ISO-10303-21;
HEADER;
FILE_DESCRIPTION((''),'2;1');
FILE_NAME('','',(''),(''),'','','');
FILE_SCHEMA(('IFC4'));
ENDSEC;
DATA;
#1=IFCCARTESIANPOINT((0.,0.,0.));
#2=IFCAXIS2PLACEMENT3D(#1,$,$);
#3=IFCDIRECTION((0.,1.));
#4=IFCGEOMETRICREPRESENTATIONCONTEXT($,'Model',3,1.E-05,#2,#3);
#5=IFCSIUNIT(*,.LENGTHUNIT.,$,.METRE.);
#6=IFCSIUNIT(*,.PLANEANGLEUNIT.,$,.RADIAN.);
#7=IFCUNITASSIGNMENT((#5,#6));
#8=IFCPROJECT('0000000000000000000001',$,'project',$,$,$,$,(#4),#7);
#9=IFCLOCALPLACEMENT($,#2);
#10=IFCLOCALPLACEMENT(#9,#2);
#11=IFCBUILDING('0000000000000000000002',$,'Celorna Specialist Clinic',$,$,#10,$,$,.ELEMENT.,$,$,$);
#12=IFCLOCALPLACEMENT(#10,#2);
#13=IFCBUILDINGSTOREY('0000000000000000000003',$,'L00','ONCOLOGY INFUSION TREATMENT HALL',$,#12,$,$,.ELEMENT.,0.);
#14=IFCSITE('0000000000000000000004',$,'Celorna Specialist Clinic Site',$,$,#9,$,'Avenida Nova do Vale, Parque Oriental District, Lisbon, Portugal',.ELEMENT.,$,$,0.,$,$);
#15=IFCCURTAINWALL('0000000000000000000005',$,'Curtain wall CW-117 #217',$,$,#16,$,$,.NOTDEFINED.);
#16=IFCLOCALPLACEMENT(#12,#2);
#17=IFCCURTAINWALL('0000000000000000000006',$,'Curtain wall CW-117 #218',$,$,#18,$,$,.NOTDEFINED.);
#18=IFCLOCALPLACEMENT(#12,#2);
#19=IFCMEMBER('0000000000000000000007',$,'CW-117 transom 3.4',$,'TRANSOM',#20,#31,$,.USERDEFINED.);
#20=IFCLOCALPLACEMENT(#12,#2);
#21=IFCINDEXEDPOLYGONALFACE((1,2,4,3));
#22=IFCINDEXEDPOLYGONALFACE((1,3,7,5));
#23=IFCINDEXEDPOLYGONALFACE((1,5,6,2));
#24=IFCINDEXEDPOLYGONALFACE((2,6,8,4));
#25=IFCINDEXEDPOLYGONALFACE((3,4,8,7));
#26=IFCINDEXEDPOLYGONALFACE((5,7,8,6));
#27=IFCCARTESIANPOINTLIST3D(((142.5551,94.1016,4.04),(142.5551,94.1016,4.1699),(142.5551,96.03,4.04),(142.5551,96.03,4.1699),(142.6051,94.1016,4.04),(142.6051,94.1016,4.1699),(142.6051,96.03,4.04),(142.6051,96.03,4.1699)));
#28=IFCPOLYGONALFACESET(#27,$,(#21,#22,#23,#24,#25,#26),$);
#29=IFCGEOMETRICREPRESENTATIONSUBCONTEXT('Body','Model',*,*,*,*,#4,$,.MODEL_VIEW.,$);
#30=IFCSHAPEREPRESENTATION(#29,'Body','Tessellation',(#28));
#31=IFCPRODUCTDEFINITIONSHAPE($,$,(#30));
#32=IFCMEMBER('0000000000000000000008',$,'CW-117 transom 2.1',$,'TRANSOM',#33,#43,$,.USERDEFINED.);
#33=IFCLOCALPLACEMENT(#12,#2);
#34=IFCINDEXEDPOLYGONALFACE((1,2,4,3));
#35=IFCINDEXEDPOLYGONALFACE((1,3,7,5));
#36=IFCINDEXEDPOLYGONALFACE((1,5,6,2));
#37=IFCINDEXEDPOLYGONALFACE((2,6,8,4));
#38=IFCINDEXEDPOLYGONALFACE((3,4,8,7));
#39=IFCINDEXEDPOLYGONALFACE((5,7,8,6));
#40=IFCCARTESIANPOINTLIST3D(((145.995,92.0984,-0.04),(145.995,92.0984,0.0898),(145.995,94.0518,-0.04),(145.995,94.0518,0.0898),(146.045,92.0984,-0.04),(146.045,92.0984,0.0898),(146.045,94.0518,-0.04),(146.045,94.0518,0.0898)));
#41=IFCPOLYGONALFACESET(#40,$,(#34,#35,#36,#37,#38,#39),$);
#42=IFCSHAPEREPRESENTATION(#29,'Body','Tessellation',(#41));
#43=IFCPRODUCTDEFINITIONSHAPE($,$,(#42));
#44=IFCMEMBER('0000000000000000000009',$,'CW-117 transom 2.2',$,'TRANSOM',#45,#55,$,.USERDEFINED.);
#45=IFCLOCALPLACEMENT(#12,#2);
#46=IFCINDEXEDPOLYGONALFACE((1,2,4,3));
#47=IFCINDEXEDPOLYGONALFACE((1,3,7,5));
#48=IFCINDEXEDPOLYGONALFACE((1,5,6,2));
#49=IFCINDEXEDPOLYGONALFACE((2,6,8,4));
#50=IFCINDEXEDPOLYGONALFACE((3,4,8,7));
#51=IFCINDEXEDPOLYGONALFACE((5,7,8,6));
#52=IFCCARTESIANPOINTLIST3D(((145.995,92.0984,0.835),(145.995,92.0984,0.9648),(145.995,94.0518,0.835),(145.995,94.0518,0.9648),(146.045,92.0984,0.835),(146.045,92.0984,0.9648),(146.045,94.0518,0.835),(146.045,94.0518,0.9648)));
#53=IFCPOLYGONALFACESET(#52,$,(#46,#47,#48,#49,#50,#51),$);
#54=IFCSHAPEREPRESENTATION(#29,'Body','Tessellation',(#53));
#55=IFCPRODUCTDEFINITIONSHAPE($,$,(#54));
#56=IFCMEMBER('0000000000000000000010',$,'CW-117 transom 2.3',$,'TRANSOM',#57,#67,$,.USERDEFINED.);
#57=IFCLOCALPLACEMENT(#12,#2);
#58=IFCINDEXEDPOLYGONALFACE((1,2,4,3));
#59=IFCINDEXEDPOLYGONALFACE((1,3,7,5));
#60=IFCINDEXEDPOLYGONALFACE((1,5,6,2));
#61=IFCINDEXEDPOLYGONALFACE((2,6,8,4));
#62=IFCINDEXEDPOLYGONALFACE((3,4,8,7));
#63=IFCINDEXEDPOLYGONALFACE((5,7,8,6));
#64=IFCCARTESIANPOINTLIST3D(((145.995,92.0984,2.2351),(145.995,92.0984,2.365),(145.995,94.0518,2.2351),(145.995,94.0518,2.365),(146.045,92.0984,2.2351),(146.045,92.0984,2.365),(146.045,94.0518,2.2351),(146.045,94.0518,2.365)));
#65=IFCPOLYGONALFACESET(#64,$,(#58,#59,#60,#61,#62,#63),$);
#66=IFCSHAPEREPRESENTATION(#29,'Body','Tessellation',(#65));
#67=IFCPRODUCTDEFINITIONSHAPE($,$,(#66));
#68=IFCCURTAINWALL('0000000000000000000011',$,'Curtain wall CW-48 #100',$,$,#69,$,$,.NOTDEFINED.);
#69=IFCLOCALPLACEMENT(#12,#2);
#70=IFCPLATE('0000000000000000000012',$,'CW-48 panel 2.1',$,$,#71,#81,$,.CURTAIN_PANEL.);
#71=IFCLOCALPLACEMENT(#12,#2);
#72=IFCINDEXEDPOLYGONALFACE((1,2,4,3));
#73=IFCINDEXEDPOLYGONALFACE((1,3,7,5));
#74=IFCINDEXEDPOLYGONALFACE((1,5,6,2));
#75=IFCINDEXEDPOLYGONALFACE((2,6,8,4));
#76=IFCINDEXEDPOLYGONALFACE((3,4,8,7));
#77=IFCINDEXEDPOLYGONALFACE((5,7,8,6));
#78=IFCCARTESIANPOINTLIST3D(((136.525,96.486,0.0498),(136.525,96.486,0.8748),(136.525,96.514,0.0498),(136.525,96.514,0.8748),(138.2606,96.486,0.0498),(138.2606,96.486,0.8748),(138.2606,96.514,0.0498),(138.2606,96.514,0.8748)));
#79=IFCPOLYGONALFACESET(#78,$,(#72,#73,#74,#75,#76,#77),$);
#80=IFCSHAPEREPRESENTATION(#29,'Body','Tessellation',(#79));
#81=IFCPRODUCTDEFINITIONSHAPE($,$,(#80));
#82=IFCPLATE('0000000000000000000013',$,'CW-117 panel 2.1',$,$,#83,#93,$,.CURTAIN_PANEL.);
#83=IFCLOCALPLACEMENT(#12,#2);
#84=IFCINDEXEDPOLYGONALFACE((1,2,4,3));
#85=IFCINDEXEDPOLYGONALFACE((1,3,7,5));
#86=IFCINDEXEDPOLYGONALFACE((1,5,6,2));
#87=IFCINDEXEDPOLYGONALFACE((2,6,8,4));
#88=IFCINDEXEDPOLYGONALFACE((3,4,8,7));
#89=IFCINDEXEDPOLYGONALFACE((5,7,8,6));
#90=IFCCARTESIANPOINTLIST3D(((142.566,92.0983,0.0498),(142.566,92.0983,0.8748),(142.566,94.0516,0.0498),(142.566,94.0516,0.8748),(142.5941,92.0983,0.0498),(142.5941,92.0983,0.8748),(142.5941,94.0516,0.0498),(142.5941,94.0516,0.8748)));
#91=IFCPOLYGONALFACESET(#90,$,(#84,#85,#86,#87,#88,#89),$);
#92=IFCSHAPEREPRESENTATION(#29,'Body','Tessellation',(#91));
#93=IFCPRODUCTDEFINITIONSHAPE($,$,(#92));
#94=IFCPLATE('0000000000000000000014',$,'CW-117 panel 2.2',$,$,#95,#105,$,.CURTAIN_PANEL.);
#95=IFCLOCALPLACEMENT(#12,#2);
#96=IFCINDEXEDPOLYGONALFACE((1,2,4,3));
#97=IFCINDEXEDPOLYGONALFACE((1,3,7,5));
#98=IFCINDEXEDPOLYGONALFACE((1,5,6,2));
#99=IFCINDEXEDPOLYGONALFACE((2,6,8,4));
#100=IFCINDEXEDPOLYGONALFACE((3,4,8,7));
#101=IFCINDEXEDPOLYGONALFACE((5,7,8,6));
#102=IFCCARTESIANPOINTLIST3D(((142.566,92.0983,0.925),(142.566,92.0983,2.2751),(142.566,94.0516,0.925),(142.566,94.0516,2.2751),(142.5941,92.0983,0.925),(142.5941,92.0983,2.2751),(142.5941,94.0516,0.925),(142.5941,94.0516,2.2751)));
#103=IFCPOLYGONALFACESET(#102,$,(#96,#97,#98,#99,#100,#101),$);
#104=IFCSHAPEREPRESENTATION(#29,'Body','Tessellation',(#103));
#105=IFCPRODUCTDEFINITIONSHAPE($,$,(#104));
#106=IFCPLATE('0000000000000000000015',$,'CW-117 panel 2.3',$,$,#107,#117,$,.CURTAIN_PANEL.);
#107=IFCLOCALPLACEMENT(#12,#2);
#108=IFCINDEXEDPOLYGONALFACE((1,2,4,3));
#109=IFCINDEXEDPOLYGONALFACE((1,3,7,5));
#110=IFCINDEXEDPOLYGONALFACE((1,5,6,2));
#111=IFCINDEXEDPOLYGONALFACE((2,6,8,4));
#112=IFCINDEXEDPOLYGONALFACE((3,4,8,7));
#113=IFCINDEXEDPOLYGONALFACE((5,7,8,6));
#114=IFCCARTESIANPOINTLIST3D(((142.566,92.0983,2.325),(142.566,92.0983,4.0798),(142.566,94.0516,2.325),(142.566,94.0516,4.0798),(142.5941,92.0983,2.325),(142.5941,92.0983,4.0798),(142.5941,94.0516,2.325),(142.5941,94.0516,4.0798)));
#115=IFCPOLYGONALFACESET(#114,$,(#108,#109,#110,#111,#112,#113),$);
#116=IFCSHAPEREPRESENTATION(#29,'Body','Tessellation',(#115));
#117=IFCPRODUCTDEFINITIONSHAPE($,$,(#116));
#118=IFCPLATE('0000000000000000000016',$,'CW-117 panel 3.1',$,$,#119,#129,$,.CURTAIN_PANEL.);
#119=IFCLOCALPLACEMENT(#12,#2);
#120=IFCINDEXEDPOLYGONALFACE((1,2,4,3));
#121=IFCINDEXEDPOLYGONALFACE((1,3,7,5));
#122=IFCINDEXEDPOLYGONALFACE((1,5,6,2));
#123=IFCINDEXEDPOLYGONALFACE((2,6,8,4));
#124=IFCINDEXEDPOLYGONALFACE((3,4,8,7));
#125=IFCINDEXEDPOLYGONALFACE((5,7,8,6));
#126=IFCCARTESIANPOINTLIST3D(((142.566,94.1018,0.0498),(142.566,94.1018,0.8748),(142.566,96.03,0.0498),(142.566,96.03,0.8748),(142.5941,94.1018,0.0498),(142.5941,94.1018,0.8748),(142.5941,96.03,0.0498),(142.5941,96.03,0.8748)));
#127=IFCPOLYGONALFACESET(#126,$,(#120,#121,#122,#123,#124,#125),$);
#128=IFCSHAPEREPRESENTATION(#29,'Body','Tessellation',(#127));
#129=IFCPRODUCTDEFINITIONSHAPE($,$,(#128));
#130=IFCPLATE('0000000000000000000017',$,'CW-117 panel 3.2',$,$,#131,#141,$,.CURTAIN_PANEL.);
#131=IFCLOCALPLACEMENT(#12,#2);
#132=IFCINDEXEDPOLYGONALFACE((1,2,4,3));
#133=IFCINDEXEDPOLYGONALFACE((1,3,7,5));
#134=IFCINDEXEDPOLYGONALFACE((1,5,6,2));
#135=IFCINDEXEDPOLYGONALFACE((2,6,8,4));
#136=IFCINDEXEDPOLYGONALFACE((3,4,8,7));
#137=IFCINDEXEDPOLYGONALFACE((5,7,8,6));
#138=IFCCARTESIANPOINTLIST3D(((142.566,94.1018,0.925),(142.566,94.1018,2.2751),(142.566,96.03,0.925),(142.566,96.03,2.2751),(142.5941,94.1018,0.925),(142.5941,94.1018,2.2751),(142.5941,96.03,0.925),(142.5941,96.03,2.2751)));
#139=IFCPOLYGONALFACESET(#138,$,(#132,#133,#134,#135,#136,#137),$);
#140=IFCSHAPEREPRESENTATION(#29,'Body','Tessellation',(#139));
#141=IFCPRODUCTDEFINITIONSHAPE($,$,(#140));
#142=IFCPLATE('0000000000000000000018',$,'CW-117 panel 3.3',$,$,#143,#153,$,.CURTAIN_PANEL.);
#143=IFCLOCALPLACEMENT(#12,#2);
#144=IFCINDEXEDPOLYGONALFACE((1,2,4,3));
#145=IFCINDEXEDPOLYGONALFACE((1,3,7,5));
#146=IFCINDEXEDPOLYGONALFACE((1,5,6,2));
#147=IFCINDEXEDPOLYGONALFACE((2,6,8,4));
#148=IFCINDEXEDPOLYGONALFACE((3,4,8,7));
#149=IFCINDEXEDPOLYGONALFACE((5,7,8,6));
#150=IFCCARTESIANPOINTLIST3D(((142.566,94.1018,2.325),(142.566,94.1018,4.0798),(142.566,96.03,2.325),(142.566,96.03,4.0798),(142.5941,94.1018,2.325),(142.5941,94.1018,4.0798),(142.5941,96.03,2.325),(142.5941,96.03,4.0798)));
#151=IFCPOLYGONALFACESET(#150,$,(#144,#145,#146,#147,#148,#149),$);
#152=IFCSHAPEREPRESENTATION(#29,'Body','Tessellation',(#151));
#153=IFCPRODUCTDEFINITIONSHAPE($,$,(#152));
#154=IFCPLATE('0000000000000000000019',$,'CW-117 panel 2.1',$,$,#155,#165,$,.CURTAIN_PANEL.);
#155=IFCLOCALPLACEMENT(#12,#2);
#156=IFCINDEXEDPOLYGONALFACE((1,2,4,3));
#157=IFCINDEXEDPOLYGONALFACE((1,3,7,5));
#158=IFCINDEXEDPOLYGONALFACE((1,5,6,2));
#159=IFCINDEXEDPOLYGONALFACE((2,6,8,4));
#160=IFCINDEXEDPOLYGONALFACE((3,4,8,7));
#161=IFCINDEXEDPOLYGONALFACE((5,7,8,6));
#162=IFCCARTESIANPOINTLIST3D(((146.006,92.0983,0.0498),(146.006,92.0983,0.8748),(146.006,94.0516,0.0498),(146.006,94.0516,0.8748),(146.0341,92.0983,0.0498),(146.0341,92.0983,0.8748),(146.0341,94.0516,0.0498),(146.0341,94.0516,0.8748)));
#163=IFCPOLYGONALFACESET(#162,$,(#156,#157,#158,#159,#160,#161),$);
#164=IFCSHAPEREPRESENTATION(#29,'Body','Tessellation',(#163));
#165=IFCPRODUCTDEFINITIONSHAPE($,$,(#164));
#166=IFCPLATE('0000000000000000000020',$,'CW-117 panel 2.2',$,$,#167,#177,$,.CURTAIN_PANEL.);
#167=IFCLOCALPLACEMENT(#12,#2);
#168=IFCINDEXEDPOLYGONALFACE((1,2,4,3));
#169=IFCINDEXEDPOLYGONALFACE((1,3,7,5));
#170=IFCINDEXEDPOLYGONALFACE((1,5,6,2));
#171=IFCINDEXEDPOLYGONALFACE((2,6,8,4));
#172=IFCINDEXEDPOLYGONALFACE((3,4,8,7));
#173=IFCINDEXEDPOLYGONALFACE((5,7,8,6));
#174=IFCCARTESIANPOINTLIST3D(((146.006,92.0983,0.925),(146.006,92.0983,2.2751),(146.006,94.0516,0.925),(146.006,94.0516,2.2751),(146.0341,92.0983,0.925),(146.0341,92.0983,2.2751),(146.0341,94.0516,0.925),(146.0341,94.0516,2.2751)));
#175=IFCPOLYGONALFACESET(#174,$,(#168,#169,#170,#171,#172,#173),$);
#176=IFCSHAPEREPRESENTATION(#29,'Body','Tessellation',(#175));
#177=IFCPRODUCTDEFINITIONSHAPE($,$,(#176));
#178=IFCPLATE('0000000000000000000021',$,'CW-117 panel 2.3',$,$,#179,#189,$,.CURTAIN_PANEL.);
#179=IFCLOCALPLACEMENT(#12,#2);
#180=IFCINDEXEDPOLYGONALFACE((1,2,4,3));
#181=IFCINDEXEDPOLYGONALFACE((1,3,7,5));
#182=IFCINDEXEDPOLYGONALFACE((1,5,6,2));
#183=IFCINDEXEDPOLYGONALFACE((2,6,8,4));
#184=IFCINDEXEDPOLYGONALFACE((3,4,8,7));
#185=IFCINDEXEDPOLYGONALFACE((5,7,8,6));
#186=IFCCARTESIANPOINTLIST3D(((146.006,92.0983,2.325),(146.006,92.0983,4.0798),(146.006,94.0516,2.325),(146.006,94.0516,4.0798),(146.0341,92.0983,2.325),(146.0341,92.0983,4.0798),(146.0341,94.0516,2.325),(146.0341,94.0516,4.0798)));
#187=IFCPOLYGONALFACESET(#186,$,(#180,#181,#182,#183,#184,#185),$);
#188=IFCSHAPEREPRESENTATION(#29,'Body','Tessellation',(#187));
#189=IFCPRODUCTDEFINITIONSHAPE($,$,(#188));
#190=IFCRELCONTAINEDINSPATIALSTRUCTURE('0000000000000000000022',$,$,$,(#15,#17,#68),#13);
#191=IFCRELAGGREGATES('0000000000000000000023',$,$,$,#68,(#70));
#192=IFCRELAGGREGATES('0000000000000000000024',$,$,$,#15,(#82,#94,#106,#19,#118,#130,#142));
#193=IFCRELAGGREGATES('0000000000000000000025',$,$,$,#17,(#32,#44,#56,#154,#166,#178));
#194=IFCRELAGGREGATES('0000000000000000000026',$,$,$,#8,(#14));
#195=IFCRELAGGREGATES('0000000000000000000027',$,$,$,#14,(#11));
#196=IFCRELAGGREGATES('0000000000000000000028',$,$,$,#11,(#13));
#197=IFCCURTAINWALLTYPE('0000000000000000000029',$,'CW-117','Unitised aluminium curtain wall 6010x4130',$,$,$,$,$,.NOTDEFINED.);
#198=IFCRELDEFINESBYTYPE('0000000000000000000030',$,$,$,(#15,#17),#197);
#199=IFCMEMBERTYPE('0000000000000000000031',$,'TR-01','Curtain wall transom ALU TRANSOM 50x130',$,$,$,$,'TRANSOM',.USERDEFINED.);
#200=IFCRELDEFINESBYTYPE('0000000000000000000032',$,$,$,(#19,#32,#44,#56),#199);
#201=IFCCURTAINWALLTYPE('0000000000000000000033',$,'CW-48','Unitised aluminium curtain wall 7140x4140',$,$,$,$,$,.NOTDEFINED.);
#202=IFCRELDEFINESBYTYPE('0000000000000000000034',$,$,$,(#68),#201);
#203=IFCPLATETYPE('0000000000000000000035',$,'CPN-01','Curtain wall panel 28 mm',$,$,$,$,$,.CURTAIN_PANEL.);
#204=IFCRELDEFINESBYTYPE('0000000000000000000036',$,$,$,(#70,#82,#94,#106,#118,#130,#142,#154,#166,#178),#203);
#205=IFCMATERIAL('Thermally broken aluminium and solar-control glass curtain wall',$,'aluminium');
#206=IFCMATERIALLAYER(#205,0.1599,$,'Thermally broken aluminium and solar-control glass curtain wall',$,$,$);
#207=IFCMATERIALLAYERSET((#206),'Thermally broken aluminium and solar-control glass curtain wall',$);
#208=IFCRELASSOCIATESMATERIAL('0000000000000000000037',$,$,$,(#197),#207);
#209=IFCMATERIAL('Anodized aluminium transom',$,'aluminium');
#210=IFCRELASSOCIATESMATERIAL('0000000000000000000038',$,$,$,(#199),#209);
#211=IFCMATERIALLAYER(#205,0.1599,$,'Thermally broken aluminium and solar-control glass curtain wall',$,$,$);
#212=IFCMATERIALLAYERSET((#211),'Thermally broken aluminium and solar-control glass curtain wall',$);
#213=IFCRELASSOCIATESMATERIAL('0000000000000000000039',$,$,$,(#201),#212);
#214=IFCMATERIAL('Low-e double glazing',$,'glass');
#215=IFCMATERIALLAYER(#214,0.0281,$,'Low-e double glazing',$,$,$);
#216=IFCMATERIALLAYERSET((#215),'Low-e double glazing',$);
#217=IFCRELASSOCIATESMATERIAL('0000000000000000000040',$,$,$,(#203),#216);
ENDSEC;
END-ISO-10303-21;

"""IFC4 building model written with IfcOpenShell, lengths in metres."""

from ifc_helpers import new_model, si_unit, direction, frame, origin, origin_2d, place, context, subcontext, project, spatial, rectangle, extrude, material, layer, layer_set, material_profile, profile_set, type_object, element, aggregate, save


model = new_model("IFC4")

# Units and contexts
model_context = context("Model", 3, precision=1e-05, world=origin(), true_north=direction((0.0, 1.0)))
body_context = subcontext(model_context, "Body", "Model", "MODEL_VIEW")
ifc_project = project(units=[si_unit("LENGTHUNIT", "METRE"), si_unit("PLANEANGLEUNIT", "RADIAN")], contexts=[model_context])

# Site, building, storey
site_placement = place(None, origin())
site = spatial("IfcSite", under=ifc_project, at=site_placement, Name="Celorna Specialist Clinic Site", LongName="Avenida Nova do Vale, Parque Oriental District, Lisbon, Portugal", CompositionType="ELEMENT", RefElevation=0.0)
building_placement = place(site_placement, origin())
building = spatial("IfcBuilding", under=site, at=building_placement, Name="Celorna Specialist Clinic", CompositionType="ELEMENT")
storey_placement = place(building_placement, origin())
storey = spatial("IfcBuildingStorey", under=building, at=storey_placement, Name="L00", Description="ONCOLOGY INFUSION TREATMENT HALL", CompositionType="ELEMENT", Elevation=0.0)

# Curtain wall
ifc_material_1 = material(Name="Thermally broken aluminium and solar-control glass curtain wall", Category="aluminium")
ifc_layer_1 = layer(ifc_material_1, 0.1599, Name="Thermally broken aluminium and solar-control glass curtain wall")
ifc_layer_set_1 = layer_set([ifc_layer_1], Name="Thermally broken aluminium and solar-control glass curtain wall")
curtain_wall_type_1 = type_object("IfcCurtainWallType", Name="CW-117", Description="Unitised aluminium curtain wall 6010x4130", PredefinedType="NOTDEFINED", material=ifc_layer_set_1)
curtain_wall_1_placement = place(storey_placement, origin())
curtain_wall_1 = element("IfcCurtainWall", 1, at=curtain_wall_1_placement, inside=storey, type_object=curtain_wall_type_1, Name="Curtain wall CW-117 #217", PredefinedType="NOTDEFINED")

# Curtain wall
curtain_wall_2_placement = place(storey_placement, origin())
curtain_wall_2 = element("IfcCurtainWall", 2, at=curtain_wall_2_placement, inside=storey, type_object=curtain_wall_type_1, Name="Curtain wall CW-117 #218", PredefinedType="NOTDEFINED")

# Members
ifc_material_2 = material(Name="Anodized aluminium transom", Category="aluminium")
ifc_material_profile_1 = material_profile(ifc_material_2, rectangle(XDim=0.05, YDim=0.1299, at=origin_2d()), Name="ALU TRANSOM 50x130")
ifc_profile_set_1 = profile_set([ifc_material_profile_1], Name="Anodized aluminium transom")
member_type_1 = type_object("IfcMemberType", Name="TR-01", Description="Curtain wall transom ALU TRANSOM 50x130", ElementType="TRANSOM", PredefinedType="USERDEFINED", material=ifc_profile_set_1)
member_1_placement = place(storey_placement, frame((142.5801, 94.1016, 4.105), z_axis=(0.0, 1.0, 0.0), x_axis=(-1.0, 0.0, 0.0)))
member_1 = element("IfcMember", 3, at=member_1_placement, type_object=member_type_1, Name="CW-117 transom 3.4", ObjectType="TRANSOM", PredefinedType="USERDEFINED", context=body_context, shape_type="SweptSolid", body=[
    extrude(rectangle(XDim=0.05, YDim=0.1299, at=origin_2d()), origin(), (0.0, 0.0, 1.0), 1.9285),
])
member_2_placement = place(storey_placement, frame((146.02, 94.0518, 0.0249), z_axis=(0.0, -1.0, 0.0), x_axis=(1.0, 0.0, 0.0)))
member_2 = element("IfcMember", 4, at=member_2_placement, type_object=member_type_1, Name="CW-117 transom 2.1", ObjectType="TRANSOM", PredefinedType="USERDEFINED", context=body_context, shape_type="SweptSolid", body=[
    extrude(rectangle(XDim=0.05, YDim=0.1299, at=origin_2d()), origin(), (0.0, 0.0, 1.0), 1.9534),
])
member_3_placement = place(storey_placement, frame((146.02, 94.0518, 0.8999), z_axis=(0.0, -1.0, 0.0), x_axis=(1.0, 0.0, 0.0)))
member_3 = element("IfcMember", 5, at=member_3_placement, type_object=member_type_1, Name="CW-117 transom 2.2", ObjectType="TRANSOM", PredefinedType="USERDEFINED", context=body_context, shape_type="SweptSolid", body=[
    extrude(rectangle(XDim=0.05, YDim=0.1299, at=origin_2d()), origin(), (0.0, 0.0, 1.0), 1.9534),
])
member_4_placement = place(storey_placement, frame((146.02, 94.0518, 2.3), z_axis=(0.0, -1.0, 0.0), x_axis=(1.0, 0.0, 0.0)))
member_4 = element("IfcMember", 6, at=member_4_placement, type_object=member_type_1, Name="CW-117 transom 2.3", ObjectType="TRANSOM", PredefinedType="USERDEFINED", context=body_context, shape_type="SweptSolid", body=[
    extrude(rectangle(XDim=0.05, YDim=0.1299, at=origin_2d()), origin(), (0.0, 0.0, 1.0), 1.9534),
])

# Curtain wall, plate
ifc_layer_2 = layer(ifc_material_1, 0.1599, Name="Thermally broken aluminium and solar-control glass curtain wall")
ifc_layer_set_2 = layer_set([ifc_layer_2], Name="Thermally broken aluminium and solar-control glass curtain wall")
curtain_wall_type_2 = type_object("IfcCurtainWallType", Name="CW-48", Description="Unitised aluminium curtain wall 7140x4140", PredefinedType="NOTDEFINED", material=ifc_layer_set_2)
curtain_wall_3_placement = place(storey_placement, origin())
curtain_wall_3 = element("IfcCurtainWall", 7, at=curtain_wall_3_placement, inside=storey, type_object=curtain_wall_type_2, Name="Curtain wall CW-48 #100", PredefinedType="NOTDEFINED")
ifc_material_3 = material(Name="Low-e double glazing", Category="glass")
ifc_layer_3 = layer(ifc_material_3, 0.0281, Name="Low-e double glazing")
ifc_layer_set_3 = layer_set([ifc_layer_3], Name="Low-e double glazing")
plate_type_1 = type_object("IfcPlateType", Name="CPN-01", Description="Curtain wall panel 28 mm", PredefinedType="CURTAIN_PANEL", material=ifc_layer_set_3)
plate_1_placement = place(storey_placement, frame((137.3928, 96.5, 0.0498), z_axis=(0.0, 0.0, 1.0), x_axis=(-1.0, 0.0, 0.0)))
plate_1 = element("IfcPlate", 8, at=plate_1_placement, type_object=plate_type_1, Name="CW-48 panel 2.1", PredefinedType="CURTAIN_PANEL", context=body_context, shape_type="SweptSolid", body=[
    extrude(rectangle(XDim=1.7356, YDim=0.0281, at=origin_2d()), origin(), (0.0, 0.0, 1.0), 0.825),
])
aggregate(curtain_wall_3, [plate_1])

# Plates
plate_2_placement = place(storey_placement, frame((142.5801, 93.075, 0.0498), z_axis=(0.0, 0.0, 1.0), x_axis=(0.0, 1.0, 0.0)))
plate_2 = element("IfcPlate", 9, at=plate_2_placement, type_object=plate_type_1, Name="CW-117 panel 2.1", PredefinedType="CURTAIN_PANEL", context=body_context, shape_type="SweptSolid", body=[
    extrude(rectangle(XDim=1.9534, YDim=0.0281, at=origin_2d()), origin(), (0.0, 0.0, 1.0), 0.825),
])
plate_3_placement = place(storey_placement, frame((142.5801, 93.075, 0.925), z_axis=(0.0, 0.0, 1.0), x_axis=(0.0, 1.0, 0.0)))
plate_3 = element("IfcPlate", 10, at=plate_3_placement, type_object=plate_type_1, Name="CW-117 panel 2.2", PredefinedType="CURTAIN_PANEL", context=body_context, shape_type="SweptSolid", body=[
    extrude(rectangle(XDim=1.9534, YDim=0.0281, at=origin_2d()), origin(), (0.0, 0.0, 1.0), 1.3501),
])
plate_4_placement = place(storey_placement, frame((142.5801, 93.075, 2.325), z_axis=(0.0, 0.0, 1.0), x_axis=(0.0, 1.0, 0.0)))
plate_4 = element("IfcPlate", 11, at=plate_4_placement, type_object=plate_type_1, Name="CW-117 panel 2.3", PredefinedType="CURTAIN_PANEL", context=body_context, shape_type="SweptSolid", body=[
    extrude(rectangle(XDim=1.9534, YDim=0.0281, at=origin_2d()), origin(), (0.0, 0.0, 1.0), 1.7549),
])
plate_5_placement = place(storey_placement, frame((142.5801, 95.0659, 0.0498), z_axis=(0.0, 0.0, 1.0), x_axis=(0.0, 1.0, 0.0)))
plate_5 = element("IfcPlate", 12, at=plate_5_placement, type_object=plate_type_1, Name="CW-117 panel 3.1", PredefinedType="CURTAIN_PANEL", context=body_context, shape_type="SweptSolid", body=[
    extrude(rectangle(XDim=1.9282, YDim=0.0281, at=origin_2d()), origin(), (0.0, 0.0, 1.0), 0.825),
])
plate_6_placement = place(storey_placement, frame((142.5801, 95.0659, 0.925), z_axis=(0.0, 0.0, 1.0), x_axis=(0.0, 1.0, 0.0)))
plate_6 = element("IfcPlate", 13, at=plate_6_placement, type_object=plate_type_1, Name="CW-117 panel 3.2", PredefinedType="CURTAIN_PANEL", context=body_context, shape_type="SweptSolid", body=[
    extrude(rectangle(XDim=1.9282, YDim=0.0281, at=origin_2d()), origin(), (0.0, 0.0, 1.0), 1.3501),
])
plate_7_placement = place(storey_placement, frame((142.5801, 95.0659, 2.325), z_axis=(0.0, 0.0, 1.0), x_axis=(0.0, 1.0, 0.0)))
plate_7 = element("IfcPlate", 14, at=plate_7_placement, type_object=plate_type_1, Name="CW-117 panel 3.3", PredefinedType="CURTAIN_PANEL", context=body_context, shape_type="SweptSolid", body=[
    extrude(rectangle(XDim=1.9282, YDim=0.0281, at=origin_2d()), origin(), (0.0, 0.0, 1.0), 1.7549),
])
aggregate(curtain_wall_1, [plate_2, plate_3, plate_4, member_1, plate_5, plate_6, plate_7])
plate_8_placement = place(storey_placement, frame((146.02, 93.075, 0.0498), z_axis=(0.0, 0.0, 1.0), x_axis=(0.0, -1.0, 0.0)))
plate_8 = element("IfcPlate", 15, at=plate_8_placement, type_object=plate_type_1, Name="CW-117 panel 2.1", PredefinedType="CURTAIN_PANEL", context=body_context, shape_type="SweptSolid", body=[
    extrude(rectangle(XDim=1.9534, YDim=0.0281, at=origin_2d()), origin(), (0.0, 0.0, 1.0), 0.825),
])
plate_9_placement = place(storey_placement, frame((146.02, 93.075, 0.925), z_axis=(0.0, 0.0, 1.0), x_axis=(0.0, -1.0, 0.0)))
plate_9 = element("IfcPlate", 16, at=plate_9_placement, type_object=plate_type_1, Name="CW-117 panel 2.2", PredefinedType="CURTAIN_PANEL", context=body_context, shape_type="SweptSolid", body=[
    extrude(rectangle(XDim=1.9534, YDim=0.0281, at=origin_2d()), origin(), (0.0, 0.0, 1.0), 1.3501),
])
plate_10_placement = place(storey_placement, frame((146.02, 93.075, 2.325), z_axis=(0.0, 0.0, 1.0), x_axis=(0.0, -1.0, 0.0)))
plate_10 = element("IfcPlate", 17, at=plate_10_placement, type_object=plate_type_1, Name="CW-117 panel 2.3", PredefinedType="CURTAIN_PANEL", context=body_context, shape_type="SweptSolid", body=[
    extrude(rectangle(XDim=1.9534, YDim=0.0281, at=origin_2d()), origin(), (0.0, 0.0, 1.0), 1.7549),
])
aggregate(curtain_wall_2, [member_2, member_3, member_4, plate_8, plate_9, plate_10])

save(model, "model.ifc")
